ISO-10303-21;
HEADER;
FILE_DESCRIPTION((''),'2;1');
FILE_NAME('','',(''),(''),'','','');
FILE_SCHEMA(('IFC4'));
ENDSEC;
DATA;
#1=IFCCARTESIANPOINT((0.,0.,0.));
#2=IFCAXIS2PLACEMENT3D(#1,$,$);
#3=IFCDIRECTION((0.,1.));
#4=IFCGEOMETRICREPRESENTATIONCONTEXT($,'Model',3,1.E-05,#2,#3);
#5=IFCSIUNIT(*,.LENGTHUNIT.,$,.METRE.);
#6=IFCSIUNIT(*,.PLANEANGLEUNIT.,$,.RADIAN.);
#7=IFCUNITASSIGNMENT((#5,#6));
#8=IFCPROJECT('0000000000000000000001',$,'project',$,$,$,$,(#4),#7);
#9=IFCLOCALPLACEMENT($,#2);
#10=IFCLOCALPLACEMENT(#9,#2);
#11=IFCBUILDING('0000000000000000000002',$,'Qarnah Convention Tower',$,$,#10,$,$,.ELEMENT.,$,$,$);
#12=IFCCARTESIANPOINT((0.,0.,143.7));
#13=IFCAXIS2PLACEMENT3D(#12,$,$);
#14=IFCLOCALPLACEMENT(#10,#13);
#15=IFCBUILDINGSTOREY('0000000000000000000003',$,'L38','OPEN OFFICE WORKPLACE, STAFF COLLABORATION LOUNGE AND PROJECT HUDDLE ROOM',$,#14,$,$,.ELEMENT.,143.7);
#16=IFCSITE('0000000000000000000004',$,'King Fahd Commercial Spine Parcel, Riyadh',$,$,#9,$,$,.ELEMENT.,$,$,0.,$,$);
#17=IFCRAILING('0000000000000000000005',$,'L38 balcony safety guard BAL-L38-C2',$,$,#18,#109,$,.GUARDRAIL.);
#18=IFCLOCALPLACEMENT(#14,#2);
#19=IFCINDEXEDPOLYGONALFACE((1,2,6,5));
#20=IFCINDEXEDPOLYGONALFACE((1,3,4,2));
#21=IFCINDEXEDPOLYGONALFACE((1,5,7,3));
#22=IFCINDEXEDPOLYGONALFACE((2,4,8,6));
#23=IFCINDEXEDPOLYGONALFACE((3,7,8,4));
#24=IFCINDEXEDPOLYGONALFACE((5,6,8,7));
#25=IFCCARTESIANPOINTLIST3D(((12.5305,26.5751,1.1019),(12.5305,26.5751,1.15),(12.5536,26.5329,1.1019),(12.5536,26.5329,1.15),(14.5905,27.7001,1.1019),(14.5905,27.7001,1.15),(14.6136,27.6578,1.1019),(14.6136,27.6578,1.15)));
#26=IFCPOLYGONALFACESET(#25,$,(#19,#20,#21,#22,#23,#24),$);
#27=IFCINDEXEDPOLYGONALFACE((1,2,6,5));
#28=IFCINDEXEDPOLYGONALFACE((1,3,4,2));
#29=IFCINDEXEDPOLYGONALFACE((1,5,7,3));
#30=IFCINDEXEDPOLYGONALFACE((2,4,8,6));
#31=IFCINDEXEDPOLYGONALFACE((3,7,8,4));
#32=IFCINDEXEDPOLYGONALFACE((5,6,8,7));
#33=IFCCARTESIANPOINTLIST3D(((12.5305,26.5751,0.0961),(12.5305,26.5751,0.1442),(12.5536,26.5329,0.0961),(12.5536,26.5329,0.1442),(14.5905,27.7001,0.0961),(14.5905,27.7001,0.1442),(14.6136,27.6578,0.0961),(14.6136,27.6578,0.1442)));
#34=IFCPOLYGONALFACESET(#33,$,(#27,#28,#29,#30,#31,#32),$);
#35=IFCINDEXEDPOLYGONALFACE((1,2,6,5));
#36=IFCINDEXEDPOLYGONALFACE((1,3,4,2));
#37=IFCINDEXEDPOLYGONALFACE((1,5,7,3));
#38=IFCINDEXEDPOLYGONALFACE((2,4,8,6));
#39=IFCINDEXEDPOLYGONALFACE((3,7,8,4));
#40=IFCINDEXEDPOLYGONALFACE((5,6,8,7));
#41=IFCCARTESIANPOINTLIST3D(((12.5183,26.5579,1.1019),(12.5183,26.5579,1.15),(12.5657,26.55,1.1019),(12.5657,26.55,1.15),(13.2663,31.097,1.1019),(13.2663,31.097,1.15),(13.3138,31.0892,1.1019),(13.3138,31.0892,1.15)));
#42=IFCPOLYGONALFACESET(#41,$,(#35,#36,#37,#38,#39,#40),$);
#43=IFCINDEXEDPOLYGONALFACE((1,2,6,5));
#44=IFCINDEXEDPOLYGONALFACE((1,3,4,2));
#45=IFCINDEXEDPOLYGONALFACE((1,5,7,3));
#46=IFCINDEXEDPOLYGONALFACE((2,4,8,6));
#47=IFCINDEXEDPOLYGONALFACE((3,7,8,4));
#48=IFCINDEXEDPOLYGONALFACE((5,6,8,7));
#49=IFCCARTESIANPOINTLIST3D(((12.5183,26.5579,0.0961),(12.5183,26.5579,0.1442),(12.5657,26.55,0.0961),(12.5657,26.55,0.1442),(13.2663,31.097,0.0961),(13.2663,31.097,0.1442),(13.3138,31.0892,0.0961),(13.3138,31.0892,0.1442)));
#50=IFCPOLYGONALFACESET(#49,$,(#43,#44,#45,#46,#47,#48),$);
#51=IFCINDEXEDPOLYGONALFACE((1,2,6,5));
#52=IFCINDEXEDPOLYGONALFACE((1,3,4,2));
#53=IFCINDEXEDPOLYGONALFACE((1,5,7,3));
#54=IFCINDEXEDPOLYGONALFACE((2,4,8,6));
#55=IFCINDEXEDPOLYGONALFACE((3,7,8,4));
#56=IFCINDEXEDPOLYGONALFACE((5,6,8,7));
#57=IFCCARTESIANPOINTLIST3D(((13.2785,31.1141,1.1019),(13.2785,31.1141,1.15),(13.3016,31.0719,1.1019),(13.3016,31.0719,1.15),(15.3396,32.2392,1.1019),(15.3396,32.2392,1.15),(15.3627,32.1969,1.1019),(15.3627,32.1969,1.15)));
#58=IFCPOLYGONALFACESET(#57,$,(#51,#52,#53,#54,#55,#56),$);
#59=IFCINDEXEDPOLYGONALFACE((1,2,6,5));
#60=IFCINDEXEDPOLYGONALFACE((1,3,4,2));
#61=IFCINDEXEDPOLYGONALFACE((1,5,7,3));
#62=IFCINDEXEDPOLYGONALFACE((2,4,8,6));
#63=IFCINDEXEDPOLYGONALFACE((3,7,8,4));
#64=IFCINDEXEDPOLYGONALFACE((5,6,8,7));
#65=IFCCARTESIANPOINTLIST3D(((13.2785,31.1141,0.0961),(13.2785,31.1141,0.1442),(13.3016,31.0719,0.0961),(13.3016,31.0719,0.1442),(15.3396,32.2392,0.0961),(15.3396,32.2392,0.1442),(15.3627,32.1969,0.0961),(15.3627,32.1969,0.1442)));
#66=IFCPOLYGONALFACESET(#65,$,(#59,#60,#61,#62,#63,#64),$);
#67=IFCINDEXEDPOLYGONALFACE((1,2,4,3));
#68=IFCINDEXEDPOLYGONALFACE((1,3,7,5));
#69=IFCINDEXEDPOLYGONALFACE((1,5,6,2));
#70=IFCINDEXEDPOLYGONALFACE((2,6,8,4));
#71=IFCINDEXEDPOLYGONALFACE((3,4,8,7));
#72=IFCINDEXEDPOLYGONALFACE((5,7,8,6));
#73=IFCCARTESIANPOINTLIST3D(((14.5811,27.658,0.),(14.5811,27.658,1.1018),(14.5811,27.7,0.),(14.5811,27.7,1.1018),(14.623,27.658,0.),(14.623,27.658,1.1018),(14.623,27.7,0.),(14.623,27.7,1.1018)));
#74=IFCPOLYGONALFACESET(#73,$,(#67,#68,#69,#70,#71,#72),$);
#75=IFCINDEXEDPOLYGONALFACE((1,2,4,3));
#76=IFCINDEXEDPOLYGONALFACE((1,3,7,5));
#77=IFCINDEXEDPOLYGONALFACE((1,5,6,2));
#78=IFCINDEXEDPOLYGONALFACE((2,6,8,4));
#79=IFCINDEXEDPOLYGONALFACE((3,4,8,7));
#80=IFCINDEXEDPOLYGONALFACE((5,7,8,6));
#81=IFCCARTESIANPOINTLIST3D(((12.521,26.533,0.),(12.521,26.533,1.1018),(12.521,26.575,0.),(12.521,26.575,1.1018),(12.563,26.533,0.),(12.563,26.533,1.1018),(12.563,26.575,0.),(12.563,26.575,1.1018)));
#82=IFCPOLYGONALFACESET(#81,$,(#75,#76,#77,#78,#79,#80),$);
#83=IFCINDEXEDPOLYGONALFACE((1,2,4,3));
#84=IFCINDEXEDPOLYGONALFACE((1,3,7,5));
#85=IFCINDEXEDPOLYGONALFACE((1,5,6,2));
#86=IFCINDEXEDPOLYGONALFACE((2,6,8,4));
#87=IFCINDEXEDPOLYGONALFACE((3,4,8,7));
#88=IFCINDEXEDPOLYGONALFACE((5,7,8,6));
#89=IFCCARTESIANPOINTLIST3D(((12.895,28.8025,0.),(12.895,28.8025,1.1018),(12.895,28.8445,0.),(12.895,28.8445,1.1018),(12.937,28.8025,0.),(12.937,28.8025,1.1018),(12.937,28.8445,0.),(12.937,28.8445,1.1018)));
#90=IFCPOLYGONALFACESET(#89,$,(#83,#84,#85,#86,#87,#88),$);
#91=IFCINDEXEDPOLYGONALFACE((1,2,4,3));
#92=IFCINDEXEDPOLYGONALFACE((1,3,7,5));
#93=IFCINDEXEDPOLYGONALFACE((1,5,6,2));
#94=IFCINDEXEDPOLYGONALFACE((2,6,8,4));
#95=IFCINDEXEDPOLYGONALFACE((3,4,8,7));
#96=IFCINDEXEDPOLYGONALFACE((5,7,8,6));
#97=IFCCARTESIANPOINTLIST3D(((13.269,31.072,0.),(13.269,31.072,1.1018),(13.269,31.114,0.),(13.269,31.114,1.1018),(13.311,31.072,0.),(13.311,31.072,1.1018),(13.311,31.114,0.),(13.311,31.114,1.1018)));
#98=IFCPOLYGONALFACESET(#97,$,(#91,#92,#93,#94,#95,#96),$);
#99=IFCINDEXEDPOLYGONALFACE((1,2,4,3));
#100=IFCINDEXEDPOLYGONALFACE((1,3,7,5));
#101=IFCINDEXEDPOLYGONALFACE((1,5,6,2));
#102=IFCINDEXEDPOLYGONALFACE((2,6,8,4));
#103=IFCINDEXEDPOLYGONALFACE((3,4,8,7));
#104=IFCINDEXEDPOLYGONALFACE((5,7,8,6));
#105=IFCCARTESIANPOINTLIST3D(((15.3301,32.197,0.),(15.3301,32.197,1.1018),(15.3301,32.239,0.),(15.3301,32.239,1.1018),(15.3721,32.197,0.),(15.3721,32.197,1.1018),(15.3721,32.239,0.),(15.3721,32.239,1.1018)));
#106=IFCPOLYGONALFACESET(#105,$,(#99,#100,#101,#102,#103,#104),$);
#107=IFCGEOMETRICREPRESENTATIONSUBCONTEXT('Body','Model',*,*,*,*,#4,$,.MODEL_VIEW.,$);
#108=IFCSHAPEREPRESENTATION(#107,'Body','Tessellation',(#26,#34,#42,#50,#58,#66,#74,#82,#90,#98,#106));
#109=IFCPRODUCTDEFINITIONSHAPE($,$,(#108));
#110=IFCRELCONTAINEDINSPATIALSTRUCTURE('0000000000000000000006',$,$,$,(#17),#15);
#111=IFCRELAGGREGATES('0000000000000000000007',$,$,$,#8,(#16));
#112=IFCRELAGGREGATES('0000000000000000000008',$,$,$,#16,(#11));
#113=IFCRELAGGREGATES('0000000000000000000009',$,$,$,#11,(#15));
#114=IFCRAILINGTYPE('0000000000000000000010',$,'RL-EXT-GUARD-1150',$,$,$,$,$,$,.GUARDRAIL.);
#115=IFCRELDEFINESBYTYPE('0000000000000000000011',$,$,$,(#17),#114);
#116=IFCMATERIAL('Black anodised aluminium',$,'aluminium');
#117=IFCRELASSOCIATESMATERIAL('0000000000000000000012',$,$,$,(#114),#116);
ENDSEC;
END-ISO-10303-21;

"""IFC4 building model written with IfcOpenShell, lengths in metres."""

from ifc_helpers import new_model, si_unit, direction, frame, origin, origin_2d, place, context, subcontext, project, spatial, rectangle, extrude, material, type_object, element, save


model = new_model("IFC4")

# Units and contexts
model_context = context("Model", 3, precision=1e-05, world=origin(), true_north=direction((0.0, 1.0)))
body_context = subcontext(model_context, "Body", "Model", "MODEL_VIEW")
ifc_project = project(units=[si_unit("LENGTHUNIT", "METRE"), si_unit("PLANEANGLEUNIT", "RADIAN")], contexts=[model_context])

# Site, building, storey
site_placement = place(None, origin())
site = spatial("IfcSite", under=ifc_project, at=site_placement, Name="King Fahd Commercial Spine Parcel, Riyadh", CompositionType="ELEMENT", RefElevation=0.0)
building_placement = place(site_placement, origin())
building = spatial("IfcBuilding", under=site, at=building_placement, Name="Qarnah Convention Tower", CompositionType="ELEMENT")
storey_placement = place(building_placement, frame((0.0, 0.0, 143.7)))
storey = spatial("IfcBuildingStorey", under=building, at=storey_placement, Name="L38", Description="OPEN OFFICE WORKPLACE, STAFF COLLABORATION LOUNGE AND PROJECT HUDDLE ROOM", CompositionType="ELEMENT", Elevation=143.7)

# Shared definitions
ifc_material_1 = material(Name="Black anodised aluminium", Category="aluminium")

# Railing
railing_type = type_object("IfcRailingType", Name="RL-EXT-GUARD-1150", PredefinedType="GUARDRAIL", material=ifc_material_1)
railing_1_placement = place(storey_placement, frame((14.6021, 27.679, 0.0)))
element("IfcRailing", 1, at=railing_1_placement, inside=storey, type_object=railing_type, Name="L38 balcony safety guard BAL-L38-C2", PredefinedType="GUARDRAIL", context=body_context, shape_type="SweptSolid", body=[
    extrude(rectangle(XDim=0.0481, YDim=0.0481, at=origin_2d()), frame((0.0, 0.0, 1.126), z_axis=(-0.877657, -0.479289, 0.0), x_axis=(0.479289, -0.877657, 0.0)), (0.0, 0.0, 1.0), 2.3472),
    extrude(rectangle(XDim=0.0481, YDim=0.0481, at=origin_2d()), frame((0.0, 0.0, 0.1201), z_axis=(-0.877657, -0.479289, 0.0), x_axis=(0.479289, -0.877657, 0.0)), (0.0, 0.0, 1.0), 2.3472),
    extrude(rectangle(XDim=0.0481, YDim=0.0481, at=origin_2d()), frame((-2.0601, -1.125, 1.126), z_axis=(0.162609, 0.986691, 0.0), x_axis=(-0.986691, 0.162609, 0.0)), (0.0, 0.0, 1.0), 4.6003),
    extrude(rectangle(XDim=0.0481, YDim=0.0481, at=origin_2d()), frame((-2.0601, -1.125, 0.1201), z_axis=(0.162609, 0.986691, 0.0), x_axis=(-0.986691, 0.162609, 0.0)), (0.0, 0.0, 1.0), 4.6003),
    extrude(rectangle(XDim=0.0481, YDim=0.0481, at=origin_2d()), frame((-1.312, 3.4141, 1.126), z_axis=(0.877752, 0.479114, 0.0), x_axis=(-0.479114, 0.877752, 0.0)), (0.0, 0.0, 1.0), 2.3481),
    extrude(rectangle(XDim=0.0481, YDim=0.0481, at=origin_2d()), frame((-1.312, 3.4141, 0.1201), z_axis=(0.877752, 0.479114, 0.0), x_axis=(-0.479114, 0.877752, 0.0)), (0.0, 0.0, 1.0), 2.3481),
    extrude(rectangle(XDim=0.042, YDim=0.042, at=origin_2d()), origin(), (0.0, 0.0, 1.0), 1.1018),
    extrude(rectangle(XDim=0.042, YDim=0.042, at=origin_2d()), frame((-2.0601, -1.125, 0.0)), (0.0, 0.0, 1.0), 1.1018),
    extrude(rectangle(XDim=0.042, YDim=0.042, at=origin_2d()), frame((-1.686, 1.1445, 0.0)), (0.0, 0.0, 1.0), 1.1018),
    extrude(rectangle(XDim=0.042, YDim=0.042, at=origin_2d()), frame((-1.312, 3.4141, 0.0)), (0.0, 0.0, 1.0), 1.1018),
    extrude(rectangle(XDim=0.042, YDim=0.042, at=origin_2d()), frame((0.749, 4.5391, 0.0)), (0.0, 0.0, 1.0), 1.1018),
])

save(model, "model.ifc")
